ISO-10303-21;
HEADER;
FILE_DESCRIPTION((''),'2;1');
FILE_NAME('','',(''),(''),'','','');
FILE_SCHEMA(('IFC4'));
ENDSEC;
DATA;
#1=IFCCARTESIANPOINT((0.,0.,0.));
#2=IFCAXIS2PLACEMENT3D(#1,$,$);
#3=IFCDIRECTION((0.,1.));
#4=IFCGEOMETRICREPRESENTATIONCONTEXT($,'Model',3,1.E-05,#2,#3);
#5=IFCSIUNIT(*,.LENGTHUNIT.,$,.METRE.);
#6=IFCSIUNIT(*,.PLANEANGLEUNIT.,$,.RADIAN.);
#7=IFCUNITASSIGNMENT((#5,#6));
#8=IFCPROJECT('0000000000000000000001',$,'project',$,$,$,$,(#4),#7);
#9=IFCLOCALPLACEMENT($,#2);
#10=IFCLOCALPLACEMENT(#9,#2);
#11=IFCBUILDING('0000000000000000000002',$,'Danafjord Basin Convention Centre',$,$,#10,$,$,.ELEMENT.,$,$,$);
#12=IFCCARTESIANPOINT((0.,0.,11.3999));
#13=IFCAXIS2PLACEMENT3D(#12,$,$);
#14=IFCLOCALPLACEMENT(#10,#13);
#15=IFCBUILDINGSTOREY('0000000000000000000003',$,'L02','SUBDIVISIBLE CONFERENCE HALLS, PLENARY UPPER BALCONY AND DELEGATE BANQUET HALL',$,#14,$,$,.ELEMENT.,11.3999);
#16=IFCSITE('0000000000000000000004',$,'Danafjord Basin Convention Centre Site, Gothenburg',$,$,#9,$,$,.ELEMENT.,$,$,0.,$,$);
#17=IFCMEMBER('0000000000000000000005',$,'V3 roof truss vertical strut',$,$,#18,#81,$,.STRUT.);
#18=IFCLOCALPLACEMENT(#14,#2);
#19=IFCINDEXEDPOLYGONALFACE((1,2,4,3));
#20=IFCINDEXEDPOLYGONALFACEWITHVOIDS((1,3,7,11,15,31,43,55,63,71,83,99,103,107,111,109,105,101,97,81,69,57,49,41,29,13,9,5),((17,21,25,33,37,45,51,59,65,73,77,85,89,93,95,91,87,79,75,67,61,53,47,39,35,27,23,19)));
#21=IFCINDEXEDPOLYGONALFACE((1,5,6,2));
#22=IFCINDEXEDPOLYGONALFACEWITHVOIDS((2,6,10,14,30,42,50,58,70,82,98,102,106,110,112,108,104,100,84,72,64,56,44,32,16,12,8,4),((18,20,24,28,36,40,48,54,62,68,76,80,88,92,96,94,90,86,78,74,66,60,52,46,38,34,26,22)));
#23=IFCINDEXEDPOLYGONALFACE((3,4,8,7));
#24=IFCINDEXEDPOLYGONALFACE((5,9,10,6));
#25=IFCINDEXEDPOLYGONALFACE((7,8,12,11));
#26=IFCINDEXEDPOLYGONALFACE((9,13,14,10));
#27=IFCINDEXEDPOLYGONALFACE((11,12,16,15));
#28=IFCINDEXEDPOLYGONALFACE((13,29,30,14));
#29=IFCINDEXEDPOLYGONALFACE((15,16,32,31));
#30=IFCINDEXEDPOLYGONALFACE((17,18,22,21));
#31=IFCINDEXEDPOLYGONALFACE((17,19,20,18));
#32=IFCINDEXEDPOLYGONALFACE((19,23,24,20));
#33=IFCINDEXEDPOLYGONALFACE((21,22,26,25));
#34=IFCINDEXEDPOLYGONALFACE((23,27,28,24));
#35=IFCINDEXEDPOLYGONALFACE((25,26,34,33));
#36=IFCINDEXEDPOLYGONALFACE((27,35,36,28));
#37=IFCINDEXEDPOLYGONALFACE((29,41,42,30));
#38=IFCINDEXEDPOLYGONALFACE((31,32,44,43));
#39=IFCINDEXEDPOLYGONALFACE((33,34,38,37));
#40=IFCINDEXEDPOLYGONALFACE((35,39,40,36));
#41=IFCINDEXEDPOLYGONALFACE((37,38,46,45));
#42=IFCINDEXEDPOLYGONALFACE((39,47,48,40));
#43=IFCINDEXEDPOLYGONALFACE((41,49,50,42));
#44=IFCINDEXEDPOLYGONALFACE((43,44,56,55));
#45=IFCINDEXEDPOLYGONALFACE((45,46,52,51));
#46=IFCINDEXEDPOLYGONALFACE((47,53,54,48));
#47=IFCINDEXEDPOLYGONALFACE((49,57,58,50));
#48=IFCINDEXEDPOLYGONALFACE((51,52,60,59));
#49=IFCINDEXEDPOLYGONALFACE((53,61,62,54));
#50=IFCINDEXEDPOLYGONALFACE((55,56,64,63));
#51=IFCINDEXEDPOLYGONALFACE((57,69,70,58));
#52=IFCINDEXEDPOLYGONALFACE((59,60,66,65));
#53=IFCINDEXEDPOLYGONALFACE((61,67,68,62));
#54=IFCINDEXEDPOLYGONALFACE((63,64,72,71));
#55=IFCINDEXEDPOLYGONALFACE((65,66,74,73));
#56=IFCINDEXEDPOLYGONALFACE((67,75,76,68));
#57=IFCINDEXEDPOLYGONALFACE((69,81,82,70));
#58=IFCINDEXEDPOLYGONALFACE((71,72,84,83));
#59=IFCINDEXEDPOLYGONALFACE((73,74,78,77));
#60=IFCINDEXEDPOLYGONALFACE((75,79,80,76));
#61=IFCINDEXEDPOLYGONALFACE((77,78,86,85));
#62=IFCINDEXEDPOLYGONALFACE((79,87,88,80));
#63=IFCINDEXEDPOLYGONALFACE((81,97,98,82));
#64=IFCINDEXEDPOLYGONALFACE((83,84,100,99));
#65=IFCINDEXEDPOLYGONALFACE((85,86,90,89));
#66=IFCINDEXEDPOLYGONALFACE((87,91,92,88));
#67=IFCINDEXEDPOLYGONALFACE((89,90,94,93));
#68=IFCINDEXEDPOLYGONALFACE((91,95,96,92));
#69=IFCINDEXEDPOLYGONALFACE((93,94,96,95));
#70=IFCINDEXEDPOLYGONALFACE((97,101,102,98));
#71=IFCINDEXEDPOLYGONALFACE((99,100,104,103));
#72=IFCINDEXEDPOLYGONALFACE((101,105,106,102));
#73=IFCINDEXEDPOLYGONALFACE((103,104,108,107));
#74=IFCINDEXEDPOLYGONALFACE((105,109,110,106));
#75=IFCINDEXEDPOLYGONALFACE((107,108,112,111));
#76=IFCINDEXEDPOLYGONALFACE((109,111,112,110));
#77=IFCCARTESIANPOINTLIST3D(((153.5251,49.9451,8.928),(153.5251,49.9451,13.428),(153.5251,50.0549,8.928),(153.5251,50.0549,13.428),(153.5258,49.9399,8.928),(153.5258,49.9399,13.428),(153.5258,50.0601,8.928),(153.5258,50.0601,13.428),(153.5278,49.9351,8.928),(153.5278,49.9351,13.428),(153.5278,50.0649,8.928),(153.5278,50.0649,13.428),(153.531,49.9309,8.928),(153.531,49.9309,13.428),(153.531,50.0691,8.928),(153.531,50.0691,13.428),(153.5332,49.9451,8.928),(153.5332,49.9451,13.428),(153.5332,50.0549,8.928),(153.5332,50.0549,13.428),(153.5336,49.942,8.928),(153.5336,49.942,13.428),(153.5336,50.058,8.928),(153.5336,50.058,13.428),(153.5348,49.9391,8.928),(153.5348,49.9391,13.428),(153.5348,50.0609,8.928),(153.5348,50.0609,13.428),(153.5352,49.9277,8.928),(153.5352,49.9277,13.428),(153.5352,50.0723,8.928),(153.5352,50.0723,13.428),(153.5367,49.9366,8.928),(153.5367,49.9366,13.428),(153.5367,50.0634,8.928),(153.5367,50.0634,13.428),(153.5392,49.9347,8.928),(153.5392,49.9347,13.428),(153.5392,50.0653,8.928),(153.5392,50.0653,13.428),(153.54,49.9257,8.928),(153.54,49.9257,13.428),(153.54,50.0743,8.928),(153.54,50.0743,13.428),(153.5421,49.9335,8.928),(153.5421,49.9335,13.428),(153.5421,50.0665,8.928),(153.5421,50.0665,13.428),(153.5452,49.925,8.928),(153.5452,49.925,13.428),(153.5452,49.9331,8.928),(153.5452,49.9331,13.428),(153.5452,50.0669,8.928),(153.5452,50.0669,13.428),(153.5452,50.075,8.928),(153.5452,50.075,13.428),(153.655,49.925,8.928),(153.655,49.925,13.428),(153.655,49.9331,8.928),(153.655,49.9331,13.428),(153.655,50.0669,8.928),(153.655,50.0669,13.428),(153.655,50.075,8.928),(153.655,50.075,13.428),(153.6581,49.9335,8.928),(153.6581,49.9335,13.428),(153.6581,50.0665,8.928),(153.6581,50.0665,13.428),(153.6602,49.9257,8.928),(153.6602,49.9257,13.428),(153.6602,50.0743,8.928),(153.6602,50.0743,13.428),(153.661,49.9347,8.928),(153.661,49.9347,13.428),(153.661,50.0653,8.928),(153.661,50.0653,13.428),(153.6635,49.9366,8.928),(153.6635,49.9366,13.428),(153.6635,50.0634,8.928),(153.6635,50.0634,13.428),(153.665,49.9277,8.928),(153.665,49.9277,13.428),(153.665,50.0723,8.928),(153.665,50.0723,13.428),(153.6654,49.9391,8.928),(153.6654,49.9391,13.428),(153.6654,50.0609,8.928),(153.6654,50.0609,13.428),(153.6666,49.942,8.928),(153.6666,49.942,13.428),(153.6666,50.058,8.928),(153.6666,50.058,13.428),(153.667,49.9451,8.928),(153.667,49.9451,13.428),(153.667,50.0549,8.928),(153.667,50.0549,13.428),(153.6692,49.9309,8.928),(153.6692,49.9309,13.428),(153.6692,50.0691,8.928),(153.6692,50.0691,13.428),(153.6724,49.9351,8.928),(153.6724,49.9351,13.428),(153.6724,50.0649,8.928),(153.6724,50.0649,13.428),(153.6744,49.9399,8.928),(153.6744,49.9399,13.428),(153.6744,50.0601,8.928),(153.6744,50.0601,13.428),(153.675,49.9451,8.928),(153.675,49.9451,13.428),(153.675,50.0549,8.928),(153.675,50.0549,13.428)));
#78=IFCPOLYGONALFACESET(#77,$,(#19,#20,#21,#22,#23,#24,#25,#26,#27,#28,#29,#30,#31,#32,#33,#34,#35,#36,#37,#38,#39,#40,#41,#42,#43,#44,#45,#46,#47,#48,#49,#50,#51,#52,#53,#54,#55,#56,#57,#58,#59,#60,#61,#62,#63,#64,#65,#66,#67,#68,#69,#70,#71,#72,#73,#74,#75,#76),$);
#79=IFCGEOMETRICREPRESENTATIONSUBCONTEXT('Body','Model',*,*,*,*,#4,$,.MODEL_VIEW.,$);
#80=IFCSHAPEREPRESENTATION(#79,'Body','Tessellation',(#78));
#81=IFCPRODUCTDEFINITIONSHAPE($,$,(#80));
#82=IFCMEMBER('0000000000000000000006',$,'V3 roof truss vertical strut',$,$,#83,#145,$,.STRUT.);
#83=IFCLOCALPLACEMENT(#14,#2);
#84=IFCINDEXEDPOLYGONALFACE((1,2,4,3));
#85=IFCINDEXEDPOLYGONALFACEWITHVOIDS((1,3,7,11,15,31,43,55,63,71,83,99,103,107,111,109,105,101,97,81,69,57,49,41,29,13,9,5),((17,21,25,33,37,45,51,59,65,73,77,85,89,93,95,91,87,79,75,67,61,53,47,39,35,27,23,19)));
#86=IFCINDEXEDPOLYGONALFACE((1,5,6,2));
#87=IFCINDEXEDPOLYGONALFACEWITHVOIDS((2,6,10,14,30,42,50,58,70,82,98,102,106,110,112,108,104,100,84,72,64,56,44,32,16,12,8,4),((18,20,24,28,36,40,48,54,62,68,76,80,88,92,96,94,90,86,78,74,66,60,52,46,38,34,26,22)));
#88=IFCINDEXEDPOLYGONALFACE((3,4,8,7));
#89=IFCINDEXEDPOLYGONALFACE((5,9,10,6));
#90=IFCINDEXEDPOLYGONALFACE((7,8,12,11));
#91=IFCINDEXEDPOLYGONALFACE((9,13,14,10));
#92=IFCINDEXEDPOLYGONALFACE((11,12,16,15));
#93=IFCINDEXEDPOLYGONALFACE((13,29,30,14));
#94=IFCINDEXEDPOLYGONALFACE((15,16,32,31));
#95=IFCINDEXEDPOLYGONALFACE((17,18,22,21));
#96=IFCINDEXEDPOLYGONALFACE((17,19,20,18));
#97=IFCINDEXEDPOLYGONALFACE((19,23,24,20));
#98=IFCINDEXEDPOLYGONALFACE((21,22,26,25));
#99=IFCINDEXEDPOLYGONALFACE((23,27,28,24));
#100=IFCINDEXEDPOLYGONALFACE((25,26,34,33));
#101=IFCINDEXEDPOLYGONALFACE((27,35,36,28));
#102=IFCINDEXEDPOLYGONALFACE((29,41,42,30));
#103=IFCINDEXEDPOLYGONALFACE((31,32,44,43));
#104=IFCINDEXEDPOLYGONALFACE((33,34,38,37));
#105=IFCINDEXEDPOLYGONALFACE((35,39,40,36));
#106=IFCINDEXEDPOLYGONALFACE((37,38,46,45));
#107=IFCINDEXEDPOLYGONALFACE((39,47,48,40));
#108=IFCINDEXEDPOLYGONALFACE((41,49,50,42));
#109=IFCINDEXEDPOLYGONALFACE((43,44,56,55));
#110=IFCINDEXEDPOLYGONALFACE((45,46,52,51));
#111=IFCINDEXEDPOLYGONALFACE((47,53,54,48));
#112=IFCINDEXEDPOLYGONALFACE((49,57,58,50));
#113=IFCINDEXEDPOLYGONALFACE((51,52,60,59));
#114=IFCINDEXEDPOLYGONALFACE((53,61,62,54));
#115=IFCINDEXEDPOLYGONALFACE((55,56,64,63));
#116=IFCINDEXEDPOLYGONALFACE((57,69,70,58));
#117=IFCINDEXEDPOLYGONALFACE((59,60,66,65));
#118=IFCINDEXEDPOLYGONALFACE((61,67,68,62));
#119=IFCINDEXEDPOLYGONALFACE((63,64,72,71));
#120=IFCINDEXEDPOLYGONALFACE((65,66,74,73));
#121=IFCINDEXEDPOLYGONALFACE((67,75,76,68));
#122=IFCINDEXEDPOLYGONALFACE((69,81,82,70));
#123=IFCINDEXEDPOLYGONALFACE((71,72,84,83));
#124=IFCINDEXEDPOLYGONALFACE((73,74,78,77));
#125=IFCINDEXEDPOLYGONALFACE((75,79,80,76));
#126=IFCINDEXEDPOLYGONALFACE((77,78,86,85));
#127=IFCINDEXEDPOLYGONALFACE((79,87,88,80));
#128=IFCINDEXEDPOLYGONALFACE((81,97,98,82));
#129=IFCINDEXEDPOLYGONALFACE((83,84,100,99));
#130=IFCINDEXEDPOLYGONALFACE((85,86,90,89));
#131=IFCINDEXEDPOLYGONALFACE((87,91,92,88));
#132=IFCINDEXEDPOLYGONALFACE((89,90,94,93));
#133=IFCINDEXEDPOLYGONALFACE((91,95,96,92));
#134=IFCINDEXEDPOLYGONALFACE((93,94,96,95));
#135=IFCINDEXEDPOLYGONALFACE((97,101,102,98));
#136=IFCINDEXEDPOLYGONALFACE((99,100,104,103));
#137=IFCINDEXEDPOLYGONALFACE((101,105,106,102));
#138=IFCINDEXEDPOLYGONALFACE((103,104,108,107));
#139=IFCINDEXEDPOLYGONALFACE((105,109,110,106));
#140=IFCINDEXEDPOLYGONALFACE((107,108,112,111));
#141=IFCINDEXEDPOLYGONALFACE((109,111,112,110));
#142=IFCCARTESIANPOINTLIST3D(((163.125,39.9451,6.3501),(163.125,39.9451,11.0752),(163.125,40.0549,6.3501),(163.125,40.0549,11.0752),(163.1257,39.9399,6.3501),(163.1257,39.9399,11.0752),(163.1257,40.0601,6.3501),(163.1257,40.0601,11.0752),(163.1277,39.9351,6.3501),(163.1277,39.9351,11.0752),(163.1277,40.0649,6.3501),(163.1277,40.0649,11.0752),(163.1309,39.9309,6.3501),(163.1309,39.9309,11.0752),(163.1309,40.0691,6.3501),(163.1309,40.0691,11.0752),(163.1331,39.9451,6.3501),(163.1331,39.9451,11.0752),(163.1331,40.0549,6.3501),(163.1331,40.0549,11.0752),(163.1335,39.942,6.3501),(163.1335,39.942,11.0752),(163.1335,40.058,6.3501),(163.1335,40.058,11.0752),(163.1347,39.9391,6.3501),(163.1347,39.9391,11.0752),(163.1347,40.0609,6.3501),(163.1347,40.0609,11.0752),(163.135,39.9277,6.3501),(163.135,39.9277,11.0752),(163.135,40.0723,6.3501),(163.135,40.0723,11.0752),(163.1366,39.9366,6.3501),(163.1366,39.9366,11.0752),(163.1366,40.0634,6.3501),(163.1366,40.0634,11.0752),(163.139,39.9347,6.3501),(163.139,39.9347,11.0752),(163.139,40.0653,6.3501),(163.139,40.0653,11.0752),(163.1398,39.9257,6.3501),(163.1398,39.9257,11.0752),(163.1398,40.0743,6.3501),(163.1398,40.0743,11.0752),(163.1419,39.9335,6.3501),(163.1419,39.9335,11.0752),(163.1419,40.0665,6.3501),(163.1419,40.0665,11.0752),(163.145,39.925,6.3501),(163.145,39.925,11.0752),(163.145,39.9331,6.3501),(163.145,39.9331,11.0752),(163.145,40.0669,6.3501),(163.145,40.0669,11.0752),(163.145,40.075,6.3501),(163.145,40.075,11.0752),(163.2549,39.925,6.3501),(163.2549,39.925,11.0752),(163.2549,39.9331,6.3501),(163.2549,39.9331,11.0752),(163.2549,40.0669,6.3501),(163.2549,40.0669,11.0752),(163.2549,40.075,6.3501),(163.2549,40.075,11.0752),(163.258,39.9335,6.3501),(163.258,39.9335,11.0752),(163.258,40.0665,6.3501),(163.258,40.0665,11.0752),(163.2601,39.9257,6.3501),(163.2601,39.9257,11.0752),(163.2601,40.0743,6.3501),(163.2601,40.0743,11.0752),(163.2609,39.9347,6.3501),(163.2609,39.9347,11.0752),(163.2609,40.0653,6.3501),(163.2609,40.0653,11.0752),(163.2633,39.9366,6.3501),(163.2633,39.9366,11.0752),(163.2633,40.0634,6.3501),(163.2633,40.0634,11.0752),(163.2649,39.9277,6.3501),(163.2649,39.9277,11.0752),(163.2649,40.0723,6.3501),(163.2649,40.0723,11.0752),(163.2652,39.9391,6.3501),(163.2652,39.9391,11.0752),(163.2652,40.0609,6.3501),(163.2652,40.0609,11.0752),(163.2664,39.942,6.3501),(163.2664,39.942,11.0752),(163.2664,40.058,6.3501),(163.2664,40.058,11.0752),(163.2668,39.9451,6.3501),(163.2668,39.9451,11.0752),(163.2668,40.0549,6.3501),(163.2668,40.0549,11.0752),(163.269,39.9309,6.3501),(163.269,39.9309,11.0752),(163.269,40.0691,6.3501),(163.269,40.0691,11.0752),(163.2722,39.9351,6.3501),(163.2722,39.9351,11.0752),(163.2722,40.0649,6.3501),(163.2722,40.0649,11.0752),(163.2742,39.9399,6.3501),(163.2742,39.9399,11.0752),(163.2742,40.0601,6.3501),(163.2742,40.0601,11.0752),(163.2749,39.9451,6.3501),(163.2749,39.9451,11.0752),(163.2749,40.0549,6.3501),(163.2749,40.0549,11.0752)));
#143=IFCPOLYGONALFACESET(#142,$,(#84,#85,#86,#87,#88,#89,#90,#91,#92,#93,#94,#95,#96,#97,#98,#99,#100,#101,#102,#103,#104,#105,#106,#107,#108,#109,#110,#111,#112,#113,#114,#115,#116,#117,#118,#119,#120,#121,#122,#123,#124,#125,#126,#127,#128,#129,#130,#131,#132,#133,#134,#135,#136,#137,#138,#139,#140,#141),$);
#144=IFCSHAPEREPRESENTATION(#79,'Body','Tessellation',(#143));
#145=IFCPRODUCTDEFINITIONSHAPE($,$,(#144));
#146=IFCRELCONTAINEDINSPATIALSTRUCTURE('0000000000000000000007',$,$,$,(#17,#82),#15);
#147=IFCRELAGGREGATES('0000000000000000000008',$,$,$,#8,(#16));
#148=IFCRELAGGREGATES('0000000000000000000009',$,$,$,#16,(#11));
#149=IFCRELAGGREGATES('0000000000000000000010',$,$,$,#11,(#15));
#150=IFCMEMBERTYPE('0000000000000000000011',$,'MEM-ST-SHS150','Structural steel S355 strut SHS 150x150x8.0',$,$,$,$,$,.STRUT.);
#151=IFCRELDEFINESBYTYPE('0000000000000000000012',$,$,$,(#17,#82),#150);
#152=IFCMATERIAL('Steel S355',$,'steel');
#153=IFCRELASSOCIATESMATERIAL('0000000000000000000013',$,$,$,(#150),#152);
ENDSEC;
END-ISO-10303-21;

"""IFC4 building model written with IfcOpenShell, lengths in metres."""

from ifc_helpers import new_model, si_unit, direction, frame, origin, origin_2d, place, context, subcontext, project, spatial, hollow_rectangle, extrude, material, material_profile, profile_set, type_object, element, save


model = new_model("IFC4")

# Units and contexts
model_context = context("Model", 3, precision=1e-05, world=origin(), true_north=direction((0.0, 1.0)))
body_context = subcontext(model_context, "Body", "Model", "MODEL_VIEW")
ifc_project = project(units=[si_unit("LENGTHUNIT", "METRE"), si_unit("PLANEANGLEUNIT", "RADIAN")], contexts=[model_context])

# Site, building, storey
site_placement = place(None, origin())
site = spatial("IfcSite", under=ifc_project, at=site_placement, Name="Danafjord Basin Convention Centre Site, Gothenburg", CompositionType="ELEMENT", RefElevation=0.0)
building_placement = place(site_placement, origin())
building = spatial("IfcBuilding", under=site, at=building_placement, Name="Danafjord Basin Convention Centre", CompositionType="ELEMENT")
storey_placement = place(building_placement, frame((0.0, 0.0, 11.3999)))
storey = spatial("IfcBuildingStorey", under=building, at=storey_placement, Name="L02", Description="SUBDIVISIBLE CONFERENCE HALLS, PLENARY UPPER BALCONY AND DELEGATE BANQUET HALL", CompositionType="ELEMENT", Elevation=11.3999)

# Members
ifc_material = material(Name="Steel S355", Category="steel")
ifc_material_profile_1 = material_profile(ifc_material, hollow_rectangle(XDim=0.1499, YDim=0.1499, WallThickness=0.0081, InnerFilletRadius=0.012, OuterFilletRadius=0.02, at=origin_2d()), Name="SHS 150x150x8.0")
ifc_profile_set_1 = profile_set([ifc_material_profile_1], Name="Steel S355")
member_type_1 = type_object("IfcMemberType", Name="MEM-ST-SHS150", Description="Structural steel S355 strut SHS 150x150x8.0", PredefinedType="STRUT", material=ifc_profile_set_1)
member_1_placement = place(storey_placement, frame((153.6001, 50.0, 8.928), z_axis=(0.0, 0.0, 1.0), x_axis=(1.0, 0.0, 0.0)))
element("IfcMember", 1, at=member_1_placement, inside=storey, type_object=member_type_1, Name="V3 roof truss vertical strut", PredefinedType="STRUT", context=body_context, shape_type="SweptSolid", body=[
    extrude(hollow_rectangle(XDim=0.1499, YDim=0.1499, WallThickness=0.0081, InnerFilletRadius=0.012, OuterFilletRadius=0.02, at=origin_2d()), origin(), (0.0, 0.0, 1.0), 4.5),
])
member_2_placement = place(storey_placement, frame((163.2, 40.0, 6.3501), z_axis=(0.0, 0.0, 1.0), x_axis=(1.0, 0.0, 0.0)))
element("IfcMember", 2, at=member_2_placement, inside=storey, type_object=member_type_1, Name="V3 roof truss vertical strut", PredefinedType="STRUT", context=body_context, shape_type="SweptSolid", body=[
    extrude(hollow_rectangle(XDim=0.1499, YDim=0.1499, WallThickness=0.0081, InnerFilletRadius=0.012, OuterFilletRadius=0.02, at=origin_2d()), origin(), (0.0, 0.0, 1.0), 4.7251),
])

save(model, "model.ifc")
